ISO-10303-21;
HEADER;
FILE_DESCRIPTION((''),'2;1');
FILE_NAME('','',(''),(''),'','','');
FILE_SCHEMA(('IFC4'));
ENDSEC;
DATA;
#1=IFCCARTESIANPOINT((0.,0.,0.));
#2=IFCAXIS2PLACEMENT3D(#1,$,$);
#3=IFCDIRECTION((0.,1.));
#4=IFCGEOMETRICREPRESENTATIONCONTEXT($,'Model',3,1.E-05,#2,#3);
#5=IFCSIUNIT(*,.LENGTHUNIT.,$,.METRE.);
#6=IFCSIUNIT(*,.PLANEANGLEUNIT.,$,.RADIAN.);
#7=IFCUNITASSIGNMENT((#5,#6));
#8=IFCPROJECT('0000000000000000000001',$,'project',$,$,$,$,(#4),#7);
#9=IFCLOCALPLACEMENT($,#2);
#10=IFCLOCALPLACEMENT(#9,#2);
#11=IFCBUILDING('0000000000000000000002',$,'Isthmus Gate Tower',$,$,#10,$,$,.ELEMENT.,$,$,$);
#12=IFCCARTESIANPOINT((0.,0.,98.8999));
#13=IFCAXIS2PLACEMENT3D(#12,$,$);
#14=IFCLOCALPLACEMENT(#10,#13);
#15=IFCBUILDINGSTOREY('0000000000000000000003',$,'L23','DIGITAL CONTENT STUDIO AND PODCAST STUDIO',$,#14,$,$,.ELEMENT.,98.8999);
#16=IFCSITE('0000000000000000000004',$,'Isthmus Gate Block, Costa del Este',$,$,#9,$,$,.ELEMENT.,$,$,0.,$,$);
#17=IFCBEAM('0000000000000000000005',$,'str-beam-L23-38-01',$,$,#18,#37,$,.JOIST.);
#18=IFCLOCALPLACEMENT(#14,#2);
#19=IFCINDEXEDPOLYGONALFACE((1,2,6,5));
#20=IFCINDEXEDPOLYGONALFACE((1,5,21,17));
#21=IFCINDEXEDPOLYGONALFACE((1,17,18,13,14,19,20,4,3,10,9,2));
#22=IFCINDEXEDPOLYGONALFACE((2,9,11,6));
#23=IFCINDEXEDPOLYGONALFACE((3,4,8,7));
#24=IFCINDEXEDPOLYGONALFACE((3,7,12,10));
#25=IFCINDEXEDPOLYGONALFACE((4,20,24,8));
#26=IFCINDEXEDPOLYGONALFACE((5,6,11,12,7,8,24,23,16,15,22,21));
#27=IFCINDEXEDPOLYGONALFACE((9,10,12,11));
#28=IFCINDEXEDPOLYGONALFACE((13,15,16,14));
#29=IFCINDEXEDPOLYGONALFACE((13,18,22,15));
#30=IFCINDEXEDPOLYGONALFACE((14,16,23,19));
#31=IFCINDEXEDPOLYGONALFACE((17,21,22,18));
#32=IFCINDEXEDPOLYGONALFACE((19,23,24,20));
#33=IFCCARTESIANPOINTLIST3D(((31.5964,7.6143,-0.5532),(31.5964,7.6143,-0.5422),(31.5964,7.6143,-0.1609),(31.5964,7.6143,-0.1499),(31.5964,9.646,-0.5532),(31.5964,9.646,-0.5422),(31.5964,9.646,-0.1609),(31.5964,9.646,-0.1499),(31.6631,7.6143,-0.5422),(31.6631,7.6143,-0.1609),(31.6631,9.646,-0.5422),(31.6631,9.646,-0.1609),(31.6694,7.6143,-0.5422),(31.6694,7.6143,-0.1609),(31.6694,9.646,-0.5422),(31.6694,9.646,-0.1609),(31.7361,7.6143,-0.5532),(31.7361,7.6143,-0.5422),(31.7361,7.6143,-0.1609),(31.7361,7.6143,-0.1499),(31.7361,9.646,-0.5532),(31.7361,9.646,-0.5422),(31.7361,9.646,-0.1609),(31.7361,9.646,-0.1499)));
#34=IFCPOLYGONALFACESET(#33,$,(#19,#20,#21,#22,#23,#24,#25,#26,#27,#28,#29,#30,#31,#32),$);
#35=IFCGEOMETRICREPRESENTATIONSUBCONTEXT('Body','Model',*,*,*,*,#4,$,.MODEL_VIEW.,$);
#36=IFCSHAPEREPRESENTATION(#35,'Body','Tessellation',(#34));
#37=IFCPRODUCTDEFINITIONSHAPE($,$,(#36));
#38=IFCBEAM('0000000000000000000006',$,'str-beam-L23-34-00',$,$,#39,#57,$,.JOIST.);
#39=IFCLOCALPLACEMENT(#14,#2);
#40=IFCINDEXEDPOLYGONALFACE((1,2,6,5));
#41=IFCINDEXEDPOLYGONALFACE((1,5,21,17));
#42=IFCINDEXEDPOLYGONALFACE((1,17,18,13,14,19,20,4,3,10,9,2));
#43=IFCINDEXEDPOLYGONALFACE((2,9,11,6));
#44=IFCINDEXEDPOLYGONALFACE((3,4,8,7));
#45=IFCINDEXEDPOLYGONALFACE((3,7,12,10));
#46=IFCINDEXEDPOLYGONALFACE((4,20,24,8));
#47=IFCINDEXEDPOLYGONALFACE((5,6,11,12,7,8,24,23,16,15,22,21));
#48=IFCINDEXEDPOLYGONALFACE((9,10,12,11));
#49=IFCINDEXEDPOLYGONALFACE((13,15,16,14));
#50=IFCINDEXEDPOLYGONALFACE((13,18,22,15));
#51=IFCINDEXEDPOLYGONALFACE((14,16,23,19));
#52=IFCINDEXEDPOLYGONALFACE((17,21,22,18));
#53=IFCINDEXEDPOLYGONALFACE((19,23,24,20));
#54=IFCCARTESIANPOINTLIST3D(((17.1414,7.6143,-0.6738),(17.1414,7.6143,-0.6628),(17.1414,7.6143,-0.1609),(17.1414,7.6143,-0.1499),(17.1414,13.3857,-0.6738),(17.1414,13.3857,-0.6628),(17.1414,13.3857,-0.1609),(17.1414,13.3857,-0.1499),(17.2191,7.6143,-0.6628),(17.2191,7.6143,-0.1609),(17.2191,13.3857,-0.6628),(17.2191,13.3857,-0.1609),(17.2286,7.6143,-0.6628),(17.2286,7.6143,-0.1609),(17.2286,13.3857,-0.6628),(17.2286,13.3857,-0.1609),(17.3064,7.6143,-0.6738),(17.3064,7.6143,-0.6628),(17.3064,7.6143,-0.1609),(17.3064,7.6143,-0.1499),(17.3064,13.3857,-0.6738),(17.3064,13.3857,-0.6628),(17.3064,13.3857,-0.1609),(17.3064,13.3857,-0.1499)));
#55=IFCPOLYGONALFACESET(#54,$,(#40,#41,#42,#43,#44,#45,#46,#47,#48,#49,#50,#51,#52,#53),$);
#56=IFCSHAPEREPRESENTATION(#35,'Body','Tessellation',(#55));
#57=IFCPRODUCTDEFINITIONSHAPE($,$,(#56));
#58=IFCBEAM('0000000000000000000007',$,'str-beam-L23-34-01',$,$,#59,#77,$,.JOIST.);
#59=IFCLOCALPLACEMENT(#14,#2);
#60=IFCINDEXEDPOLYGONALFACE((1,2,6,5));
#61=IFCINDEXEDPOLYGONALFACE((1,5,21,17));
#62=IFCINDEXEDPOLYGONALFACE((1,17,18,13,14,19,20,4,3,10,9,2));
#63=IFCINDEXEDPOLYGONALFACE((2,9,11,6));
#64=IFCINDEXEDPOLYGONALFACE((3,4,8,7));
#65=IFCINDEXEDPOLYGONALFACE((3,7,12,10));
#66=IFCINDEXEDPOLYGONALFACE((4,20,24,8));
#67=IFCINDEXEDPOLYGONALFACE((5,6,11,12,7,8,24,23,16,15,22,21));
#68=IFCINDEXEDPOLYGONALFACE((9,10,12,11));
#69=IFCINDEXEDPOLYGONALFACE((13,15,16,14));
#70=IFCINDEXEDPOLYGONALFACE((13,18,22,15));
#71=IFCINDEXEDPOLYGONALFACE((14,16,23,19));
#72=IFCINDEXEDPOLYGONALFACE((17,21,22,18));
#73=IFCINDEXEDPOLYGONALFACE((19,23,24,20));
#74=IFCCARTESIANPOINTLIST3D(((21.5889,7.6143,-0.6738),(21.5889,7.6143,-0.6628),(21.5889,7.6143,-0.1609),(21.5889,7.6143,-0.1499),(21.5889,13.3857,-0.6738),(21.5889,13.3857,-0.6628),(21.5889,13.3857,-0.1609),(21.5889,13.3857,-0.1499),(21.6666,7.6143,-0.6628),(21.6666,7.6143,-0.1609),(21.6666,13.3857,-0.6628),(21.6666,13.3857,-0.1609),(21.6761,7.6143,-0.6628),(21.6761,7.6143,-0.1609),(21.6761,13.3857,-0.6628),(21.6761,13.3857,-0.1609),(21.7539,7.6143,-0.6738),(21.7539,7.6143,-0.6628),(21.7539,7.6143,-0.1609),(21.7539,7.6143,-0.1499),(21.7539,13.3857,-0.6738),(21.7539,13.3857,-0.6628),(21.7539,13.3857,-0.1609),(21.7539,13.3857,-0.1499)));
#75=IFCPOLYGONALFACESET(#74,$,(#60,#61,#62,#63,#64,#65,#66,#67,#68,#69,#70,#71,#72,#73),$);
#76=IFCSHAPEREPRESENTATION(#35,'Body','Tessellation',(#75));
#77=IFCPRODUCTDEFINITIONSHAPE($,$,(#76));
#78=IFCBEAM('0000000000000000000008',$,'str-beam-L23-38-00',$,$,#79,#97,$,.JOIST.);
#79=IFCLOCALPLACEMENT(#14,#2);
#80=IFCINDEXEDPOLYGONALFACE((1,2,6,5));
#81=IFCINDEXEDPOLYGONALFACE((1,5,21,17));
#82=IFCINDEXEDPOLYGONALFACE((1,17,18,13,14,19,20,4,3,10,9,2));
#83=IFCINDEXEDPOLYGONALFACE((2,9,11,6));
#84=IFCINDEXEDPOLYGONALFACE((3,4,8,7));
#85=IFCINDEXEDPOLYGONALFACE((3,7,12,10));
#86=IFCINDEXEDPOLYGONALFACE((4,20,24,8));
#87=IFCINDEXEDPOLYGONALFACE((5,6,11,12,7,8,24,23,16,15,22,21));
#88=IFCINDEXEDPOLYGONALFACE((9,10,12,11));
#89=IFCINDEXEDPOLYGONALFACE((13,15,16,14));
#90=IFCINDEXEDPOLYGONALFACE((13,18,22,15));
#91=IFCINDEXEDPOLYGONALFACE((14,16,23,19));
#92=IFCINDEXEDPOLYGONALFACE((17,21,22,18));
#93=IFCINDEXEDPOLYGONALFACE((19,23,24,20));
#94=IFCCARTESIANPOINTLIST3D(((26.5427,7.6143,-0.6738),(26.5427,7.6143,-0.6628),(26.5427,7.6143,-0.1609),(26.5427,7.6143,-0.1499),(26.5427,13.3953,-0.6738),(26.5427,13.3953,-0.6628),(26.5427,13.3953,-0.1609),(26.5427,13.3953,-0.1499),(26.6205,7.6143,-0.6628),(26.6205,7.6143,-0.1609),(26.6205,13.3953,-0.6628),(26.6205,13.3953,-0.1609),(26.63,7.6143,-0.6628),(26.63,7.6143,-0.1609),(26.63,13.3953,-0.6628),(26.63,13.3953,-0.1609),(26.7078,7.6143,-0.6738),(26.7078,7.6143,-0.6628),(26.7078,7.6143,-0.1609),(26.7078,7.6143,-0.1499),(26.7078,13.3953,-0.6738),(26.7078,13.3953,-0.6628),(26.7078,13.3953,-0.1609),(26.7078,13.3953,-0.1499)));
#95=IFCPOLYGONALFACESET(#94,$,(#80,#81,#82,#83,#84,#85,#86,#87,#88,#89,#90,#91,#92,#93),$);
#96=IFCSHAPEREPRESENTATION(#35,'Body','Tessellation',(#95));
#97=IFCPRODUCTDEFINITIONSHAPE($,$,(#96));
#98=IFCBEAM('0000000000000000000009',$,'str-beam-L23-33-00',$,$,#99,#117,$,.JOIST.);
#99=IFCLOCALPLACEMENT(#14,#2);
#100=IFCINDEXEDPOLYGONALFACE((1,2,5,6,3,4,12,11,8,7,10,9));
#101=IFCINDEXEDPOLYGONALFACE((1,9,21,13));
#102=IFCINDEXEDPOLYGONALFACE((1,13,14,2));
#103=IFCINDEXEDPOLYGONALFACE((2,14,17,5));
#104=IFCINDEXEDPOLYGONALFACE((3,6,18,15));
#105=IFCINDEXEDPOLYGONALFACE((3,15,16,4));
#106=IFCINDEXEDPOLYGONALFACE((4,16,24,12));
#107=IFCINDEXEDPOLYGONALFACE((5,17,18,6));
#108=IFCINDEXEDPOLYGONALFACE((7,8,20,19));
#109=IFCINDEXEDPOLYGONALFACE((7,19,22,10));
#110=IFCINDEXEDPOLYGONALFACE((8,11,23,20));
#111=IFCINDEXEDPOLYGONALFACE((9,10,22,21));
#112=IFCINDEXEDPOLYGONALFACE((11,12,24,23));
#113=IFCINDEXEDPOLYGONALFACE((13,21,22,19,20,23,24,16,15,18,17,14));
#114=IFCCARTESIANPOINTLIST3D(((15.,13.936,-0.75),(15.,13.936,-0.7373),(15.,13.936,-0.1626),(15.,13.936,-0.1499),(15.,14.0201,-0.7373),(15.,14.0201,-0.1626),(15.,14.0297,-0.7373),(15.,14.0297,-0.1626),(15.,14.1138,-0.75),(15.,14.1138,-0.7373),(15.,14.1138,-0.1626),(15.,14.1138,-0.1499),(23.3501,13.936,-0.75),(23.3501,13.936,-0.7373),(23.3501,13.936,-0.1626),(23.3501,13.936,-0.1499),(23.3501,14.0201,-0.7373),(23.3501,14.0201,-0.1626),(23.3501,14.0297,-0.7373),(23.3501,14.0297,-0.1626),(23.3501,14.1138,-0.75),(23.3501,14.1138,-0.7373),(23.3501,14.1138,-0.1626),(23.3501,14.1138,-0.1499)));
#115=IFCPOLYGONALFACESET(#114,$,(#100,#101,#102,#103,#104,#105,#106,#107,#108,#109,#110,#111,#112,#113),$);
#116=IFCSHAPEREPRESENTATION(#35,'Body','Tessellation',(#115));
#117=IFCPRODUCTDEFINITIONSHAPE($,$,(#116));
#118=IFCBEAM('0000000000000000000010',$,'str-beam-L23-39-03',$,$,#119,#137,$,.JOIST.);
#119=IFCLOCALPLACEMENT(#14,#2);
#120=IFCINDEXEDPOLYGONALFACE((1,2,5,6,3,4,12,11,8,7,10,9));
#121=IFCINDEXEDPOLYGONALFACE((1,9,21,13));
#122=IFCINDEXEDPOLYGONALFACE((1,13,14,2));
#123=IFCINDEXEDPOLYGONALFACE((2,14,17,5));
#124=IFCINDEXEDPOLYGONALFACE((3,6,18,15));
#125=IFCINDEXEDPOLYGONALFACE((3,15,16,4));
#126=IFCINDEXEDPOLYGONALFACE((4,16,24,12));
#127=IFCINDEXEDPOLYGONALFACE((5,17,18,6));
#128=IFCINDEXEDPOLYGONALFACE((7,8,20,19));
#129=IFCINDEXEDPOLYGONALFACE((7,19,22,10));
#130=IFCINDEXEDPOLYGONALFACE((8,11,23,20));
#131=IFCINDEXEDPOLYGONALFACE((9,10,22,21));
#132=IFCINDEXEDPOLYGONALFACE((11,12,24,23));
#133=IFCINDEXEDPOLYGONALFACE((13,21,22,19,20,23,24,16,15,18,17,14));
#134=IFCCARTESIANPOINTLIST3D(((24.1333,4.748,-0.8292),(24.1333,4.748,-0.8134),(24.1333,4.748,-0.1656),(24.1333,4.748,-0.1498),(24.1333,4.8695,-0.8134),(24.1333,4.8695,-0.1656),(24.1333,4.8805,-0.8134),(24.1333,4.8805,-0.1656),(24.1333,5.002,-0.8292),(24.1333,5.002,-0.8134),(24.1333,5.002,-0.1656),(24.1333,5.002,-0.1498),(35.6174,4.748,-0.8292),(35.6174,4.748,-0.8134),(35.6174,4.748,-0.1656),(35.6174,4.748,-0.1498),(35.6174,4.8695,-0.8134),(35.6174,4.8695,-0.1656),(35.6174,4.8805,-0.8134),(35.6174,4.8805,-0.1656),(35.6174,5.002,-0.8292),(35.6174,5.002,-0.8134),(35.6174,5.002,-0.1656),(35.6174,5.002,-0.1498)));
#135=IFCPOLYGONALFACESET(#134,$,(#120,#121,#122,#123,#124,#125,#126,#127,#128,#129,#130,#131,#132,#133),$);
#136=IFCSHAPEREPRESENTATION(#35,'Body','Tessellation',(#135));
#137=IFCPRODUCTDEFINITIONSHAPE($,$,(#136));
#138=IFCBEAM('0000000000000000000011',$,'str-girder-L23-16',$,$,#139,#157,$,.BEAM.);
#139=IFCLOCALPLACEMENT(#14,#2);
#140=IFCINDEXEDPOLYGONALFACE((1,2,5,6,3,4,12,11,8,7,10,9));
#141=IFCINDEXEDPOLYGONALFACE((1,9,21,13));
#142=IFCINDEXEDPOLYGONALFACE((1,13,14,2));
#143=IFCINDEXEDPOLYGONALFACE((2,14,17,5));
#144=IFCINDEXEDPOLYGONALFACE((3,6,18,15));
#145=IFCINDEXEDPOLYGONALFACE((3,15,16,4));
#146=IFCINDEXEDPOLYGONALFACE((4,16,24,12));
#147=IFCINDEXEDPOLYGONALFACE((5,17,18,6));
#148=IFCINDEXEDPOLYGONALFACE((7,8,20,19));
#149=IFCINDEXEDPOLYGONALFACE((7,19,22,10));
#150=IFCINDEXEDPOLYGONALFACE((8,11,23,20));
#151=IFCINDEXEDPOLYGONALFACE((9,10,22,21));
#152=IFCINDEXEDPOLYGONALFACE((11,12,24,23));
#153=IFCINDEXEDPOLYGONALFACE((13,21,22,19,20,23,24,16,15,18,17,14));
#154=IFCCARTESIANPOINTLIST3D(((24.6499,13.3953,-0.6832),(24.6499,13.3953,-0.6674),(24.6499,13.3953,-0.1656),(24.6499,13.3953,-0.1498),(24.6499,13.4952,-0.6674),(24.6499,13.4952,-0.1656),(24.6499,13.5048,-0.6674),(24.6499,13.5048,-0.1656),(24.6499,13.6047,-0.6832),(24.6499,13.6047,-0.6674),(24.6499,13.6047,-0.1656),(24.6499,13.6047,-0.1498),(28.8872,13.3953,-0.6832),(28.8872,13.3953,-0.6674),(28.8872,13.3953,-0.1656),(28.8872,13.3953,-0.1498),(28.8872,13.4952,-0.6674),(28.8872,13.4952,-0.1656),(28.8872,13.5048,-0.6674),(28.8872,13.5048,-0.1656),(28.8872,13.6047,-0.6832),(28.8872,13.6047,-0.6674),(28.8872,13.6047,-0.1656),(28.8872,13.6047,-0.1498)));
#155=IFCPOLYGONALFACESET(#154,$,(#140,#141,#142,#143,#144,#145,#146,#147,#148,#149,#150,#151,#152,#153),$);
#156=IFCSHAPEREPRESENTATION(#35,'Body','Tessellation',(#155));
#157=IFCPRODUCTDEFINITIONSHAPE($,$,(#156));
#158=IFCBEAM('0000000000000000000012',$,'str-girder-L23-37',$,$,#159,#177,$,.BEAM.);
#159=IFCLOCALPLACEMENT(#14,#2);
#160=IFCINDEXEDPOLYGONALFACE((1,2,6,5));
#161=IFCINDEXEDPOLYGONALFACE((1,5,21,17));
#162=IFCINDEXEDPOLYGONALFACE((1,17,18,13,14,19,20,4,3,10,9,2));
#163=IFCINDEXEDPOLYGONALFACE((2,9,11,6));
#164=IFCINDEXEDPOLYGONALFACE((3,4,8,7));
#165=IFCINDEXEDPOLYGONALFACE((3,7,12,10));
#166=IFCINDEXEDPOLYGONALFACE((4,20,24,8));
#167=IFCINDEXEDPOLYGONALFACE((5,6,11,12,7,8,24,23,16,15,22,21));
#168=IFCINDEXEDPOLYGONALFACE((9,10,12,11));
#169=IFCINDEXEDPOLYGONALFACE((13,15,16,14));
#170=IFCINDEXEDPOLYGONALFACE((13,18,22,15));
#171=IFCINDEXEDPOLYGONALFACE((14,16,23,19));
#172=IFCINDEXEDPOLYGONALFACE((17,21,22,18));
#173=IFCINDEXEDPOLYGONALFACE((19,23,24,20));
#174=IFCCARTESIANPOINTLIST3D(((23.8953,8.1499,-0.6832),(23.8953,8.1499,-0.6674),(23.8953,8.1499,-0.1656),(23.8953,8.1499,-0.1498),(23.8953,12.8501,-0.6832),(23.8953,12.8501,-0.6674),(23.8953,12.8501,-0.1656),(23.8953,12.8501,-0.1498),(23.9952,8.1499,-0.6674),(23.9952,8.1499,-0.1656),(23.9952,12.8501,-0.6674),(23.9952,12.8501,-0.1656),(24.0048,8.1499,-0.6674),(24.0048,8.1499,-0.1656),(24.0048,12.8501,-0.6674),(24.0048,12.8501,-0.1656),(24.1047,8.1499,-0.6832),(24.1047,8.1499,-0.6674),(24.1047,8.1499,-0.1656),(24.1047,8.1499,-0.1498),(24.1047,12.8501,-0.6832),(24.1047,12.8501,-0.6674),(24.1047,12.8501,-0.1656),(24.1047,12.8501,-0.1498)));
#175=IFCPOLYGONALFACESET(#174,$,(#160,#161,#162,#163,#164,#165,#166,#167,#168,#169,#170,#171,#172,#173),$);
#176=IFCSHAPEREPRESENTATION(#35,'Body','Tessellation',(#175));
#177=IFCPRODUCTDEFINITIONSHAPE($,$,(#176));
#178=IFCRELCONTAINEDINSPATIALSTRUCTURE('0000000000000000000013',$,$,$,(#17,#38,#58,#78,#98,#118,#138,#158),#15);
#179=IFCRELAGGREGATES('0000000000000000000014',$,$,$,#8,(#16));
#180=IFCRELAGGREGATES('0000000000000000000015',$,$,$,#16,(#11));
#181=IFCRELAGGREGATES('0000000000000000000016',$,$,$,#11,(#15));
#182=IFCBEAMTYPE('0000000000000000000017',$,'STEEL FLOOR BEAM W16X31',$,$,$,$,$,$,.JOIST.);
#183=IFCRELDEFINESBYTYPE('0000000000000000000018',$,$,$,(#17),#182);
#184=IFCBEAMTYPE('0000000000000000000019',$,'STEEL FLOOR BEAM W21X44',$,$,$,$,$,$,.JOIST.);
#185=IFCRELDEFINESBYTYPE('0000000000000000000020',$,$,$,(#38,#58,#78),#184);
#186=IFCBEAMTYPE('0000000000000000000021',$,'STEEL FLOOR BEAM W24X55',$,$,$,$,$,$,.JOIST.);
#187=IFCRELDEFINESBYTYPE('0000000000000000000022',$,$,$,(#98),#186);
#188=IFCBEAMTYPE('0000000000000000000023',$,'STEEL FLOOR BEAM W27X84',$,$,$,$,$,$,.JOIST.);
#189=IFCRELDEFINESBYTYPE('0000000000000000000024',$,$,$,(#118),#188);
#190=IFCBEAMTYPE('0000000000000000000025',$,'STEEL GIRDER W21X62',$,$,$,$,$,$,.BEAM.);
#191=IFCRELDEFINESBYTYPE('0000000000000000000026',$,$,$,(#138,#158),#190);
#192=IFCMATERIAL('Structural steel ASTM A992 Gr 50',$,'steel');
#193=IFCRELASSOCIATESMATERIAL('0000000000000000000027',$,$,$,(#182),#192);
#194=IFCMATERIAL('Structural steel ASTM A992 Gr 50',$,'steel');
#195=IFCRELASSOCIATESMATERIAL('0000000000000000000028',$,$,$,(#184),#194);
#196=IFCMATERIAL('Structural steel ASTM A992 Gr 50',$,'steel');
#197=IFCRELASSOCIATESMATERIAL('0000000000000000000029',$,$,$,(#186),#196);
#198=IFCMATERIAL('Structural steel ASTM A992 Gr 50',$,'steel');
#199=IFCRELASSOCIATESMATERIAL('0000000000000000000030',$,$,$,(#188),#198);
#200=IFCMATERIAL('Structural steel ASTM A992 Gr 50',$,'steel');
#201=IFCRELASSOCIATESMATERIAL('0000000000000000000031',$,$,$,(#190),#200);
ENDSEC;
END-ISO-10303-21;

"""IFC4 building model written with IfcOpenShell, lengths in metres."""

from ifc_helpers import new_model, si_unit, direction, frame, origin, origin_2d, place, context, subcontext, project, spatial, i_section, extrude, material, material_profile, profile_set, type_object, element, save


model = new_model("IFC4")

# Units and contexts
model_context = context("Model", 3, precision=1e-05, world=origin(), true_north=direction((0.0, 1.0)))
body_context = subcontext(model_context, "Body", "Model", "MODEL_VIEW")
ifc_project = project(units=[si_unit("LENGTHUNIT", "METRE"), si_unit("PLANEANGLEUNIT", "RADIAN")], contexts=[model_context])

# Site, building, storey
site_placement = place(None, origin())
site = spatial("IfcSite", under=ifc_project, at=site_placement, Name="Isthmus Gate Block, Costa del Este", CompositionType="ELEMENT", RefElevation=0.0)
building_placement = place(site_placement, origin())
building = spatial("IfcBuilding", under=site, at=building_placement, Name="Isthmus Gate Tower", CompositionType="ELEMENT")
storey_placement = place(building_placement, frame((0.0, 0.0, 98.8999)))
storey = spatial("IfcBuildingStorey", under=building, at=storey_placement, Name="L23", Description="DIGITAL CONTENT STUDIO AND PODCAST STUDIO", CompositionType="ELEMENT", Elevation=98.8999)

# Beams
ifc_material_1 = material(Name="Structural steel ASTM A992 Gr 50", Category="steel")
ifc_material_profile_1 = material_profile(ifc_material_1, i_section(OverallWidth=0.1396, OverallDepth=0.4033, WebThickness=0.0063, FlangeThickness=0.011, at=origin_2d()), Name="W16X31")
ifc_profile_set_1 = profile_set([ifc_material_profile_1], Name="Structural steel ASTM A992 Gr 50")
beam_type_1 = type_object("IfcBeamType", Name="STEEL FLOOR BEAM W16X31", PredefinedType="JOIST", material=ifc_profile_set_1)
beam_1_placement = place(storey_placement, frame((31.6663, 7.6143, -0.3516), z_axis=(0.0, 1.0, 0.0), x_axis=(-1.0, 0.0, 0.0)))
element("IfcBeam", 1, at=beam_1_placement, inside=storey, type_object=beam_type_1, Name="str-beam-L23-38-01", PredefinedType="JOIST", context=body_context, shape_type="SweptSolid", body=[
    extrude(i_section(OverallWidth=0.1396, OverallDepth=0.4033, WebThickness=0.0063, FlangeThickness=0.011, at=origin_2d()), origin(), (0.0, 0.0, 1.0), 2.0317),
])
ifc_material_2 = material(Name="Structural steel ASTM A992 Gr 50", Category="steel")
ifc_material_profile_2 = material_profile(ifc_material_2, i_section(OverallWidth=0.165, OverallDepth=0.5239, WebThickness=0.0095, FlangeThickness=0.011, at=origin_2d()), Name="W21X44")
ifc_profile_set_2 = profile_set([ifc_material_profile_2], Name="Structural steel ASTM A992 Gr 50")
beam_type_2 = type_object("IfcBeamType", Name="STEEL FLOOR BEAM W21X44", PredefinedType="JOIST", material=ifc_profile_set_2)
for number, where, z_axis, x_axis, name in (
    (2, (17.2239, 7.6143, -0.4119), (0.0, 1.0, 0.0), (-1.0, 0.0, 0.0), "str-beam-L23-34-00"),
    (3, (21.6714, 7.6143, -0.4119), (0.0, 1.0, 0.0), (-1.0, 0.0, 0.0), "str-beam-L23-34-01"),
):
    element("IfcBeam", number, at=place(storey_placement, frame(where, z_axis=z_axis, x_axis=x_axis)), inside=storey, type_object=beam_type_2, Name=name, PredefinedType="JOIST", context=body_context, shape_type="SweptSolid", body=[
        extrude(i_section(OverallWidth=0.165, OverallDepth=0.5239, WebThickness=0.0095, FlangeThickness=0.011, at=origin_2d()), origin(), (0.0, 0.0, 1.0), 5.7715),
    ])
beam_2_placement = place(storey_placement, frame((26.6252, 7.6143, -0.4119), z_axis=(0.0, 1.0, 0.0), x_axis=(-1.0, 0.0, 0.0)))
element("IfcBeam", 4, at=beam_2_placement, inside=storey, type_object=beam_type_2, Name="str-beam-L23-38-00", PredefinedType="JOIST", context=body_context, shape_type="SweptSolid", body=[
    extrude(i_section(OverallWidth=0.165, OverallDepth=0.5239, WebThickness=0.0095, FlangeThickness=0.011, at=origin_2d()), origin(), (0.0, 0.0, 1.0), 5.781),
])
ifc_material_3 = material(Name="Structural steel ASTM A992 Gr 50", Category="steel")
ifc_material_profile_3 = material_profile(ifc_material_3, i_section(OverallWidth=0.1777, OverallDepth=0.6001, WebThickness=0.0095, FlangeThickness=0.0127, at=origin_2d()), Name="W24X55")
ifc_profile_set_3 = profile_set([ifc_material_profile_3], Name="Structural steel ASTM A992 Gr 50")
beam_type_3 = type_object("IfcBeamType", Name="STEEL FLOOR BEAM W24X55", PredefinedType="JOIST", material=ifc_profile_set_3)
beam_3_placement = place(storey_placement, frame((15.0, 14.0249, -0.45), z_axis=(1.0, 0.0, 0.0), x_axis=(0.0, 1.0, 0.0)))
element("IfcBeam", 5, at=beam_3_placement, inside=storey, type_object=beam_type_3, Name="str-beam-L23-33-00", PredefinedType="JOIST", context=body_context, shape_type="SweptSolid", body=[
    extrude(i_section(OverallWidth=0.1777, OverallDepth=0.6001, WebThickness=0.0095, FlangeThickness=0.0127, at=origin_2d()), origin(), (0.0, 0.0, 1.0), 8.3501),
])
ifc_material_4 = material(Name="Structural steel ASTM A992 Gr 50", Category="steel")
ifc_material_profile_4 = material_profile(ifc_material_4, i_section(OverallWidth=0.2539, OverallDepth=0.6794, WebThickness=0.011, FlangeThickness=0.0159, at=origin_2d()), Name="W27X84")
ifc_profile_set_4 = profile_set([ifc_material_profile_4], Name="Structural steel ASTM A992 Gr 50")
beam_type_4 = type_object("IfcBeamType", Name="STEEL FLOOR BEAM W27X84", PredefinedType="JOIST", material=ifc_profile_set_4)
beam_4_placement = place(storey_placement, frame((24.1333, 4.875, -0.4895), z_axis=(1.0, 0.0, 0.0), x_axis=(0.0, 1.0, 0.0)))
element("IfcBeam", 6, at=beam_4_placement, inside=storey, type_object=beam_type_4, Name="str-beam-L23-39-03", PredefinedType="JOIST", context=body_context, shape_type="SweptSolid", body=[
    extrude(i_section(OverallWidth=0.2539, OverallDepth=0.6794, WebThickness=0.011, FlangeThickness=0.0159, at=origin_2d()), origin(), (0.0, 0.0, 1.0), 11.4841),
])
ifc_material_5 = material(Name="Structural steel ASTM A992 Gr 50", Category="steel")
ifc_material_profile_5 = material_profile(ifc_material_5, i_section(OverallWidth=0.2095, OverallDepth=0.5334, WebThickness=0.0095, FlangeThickness=0.0159, at=origin_2d()), Name="W21X62")
ifc_profile_set_5 = profile_set([ifc_material_profile_5], Name="Structural steel ASTM A992 Gr 50")
beam_type_5 = type_object("IfcBeamType", Name="STEEL GIRDER W21X62", PredefinedType="BEAM", material=ifc_profile_set_5)
beam_5_placement = place(storey_placement, frame((24.6499, 13.5, -0.4165), z_axis=(1.0, 0.0, 0.0), x_axis=(0.0, 1.0, 0.0)))
element("IfcBeam", 7, at=beam_5_placement, inside=storey, type_object=beam_type_5, Name="str-girder-L23-16", PredefinedType="BEAM", context=body_context, shape_type="SweptSolid", body=[
    extrude(i_section(OverallWidth=0.2095, OverallDepth=0.5334, WebThickness=0.0095, FlangeThickness=0.0159, at=origin_2d()), origin(), (0.0, 0.0, 1.0), 4.2373),
])
beam_6_placement = place(storey_placement, frame((24.0, 8.1499, -0.4165), z_axis=(0.0, 1.0, 0.0), x_axis=(-1.0, 0.0, 0.0)))
element("IfcBeam", 8, at=beam_6_placement, inside=storey, type_object=beam_type_5, Name="str-girder-L23-37", PredefinedType="BEAM", context=body_context, shape_type="SweptSolid", body=[
    extrude(i_section(OverallWidth=0.2095, OverallDepth=0.5334, WebThickness=0.0095, FlangeThickness=0.0159, at=origin_2d()), origin(), (0.0, 0.0, 1.0), 4.7002),
])

save(model, "model.ifc")
